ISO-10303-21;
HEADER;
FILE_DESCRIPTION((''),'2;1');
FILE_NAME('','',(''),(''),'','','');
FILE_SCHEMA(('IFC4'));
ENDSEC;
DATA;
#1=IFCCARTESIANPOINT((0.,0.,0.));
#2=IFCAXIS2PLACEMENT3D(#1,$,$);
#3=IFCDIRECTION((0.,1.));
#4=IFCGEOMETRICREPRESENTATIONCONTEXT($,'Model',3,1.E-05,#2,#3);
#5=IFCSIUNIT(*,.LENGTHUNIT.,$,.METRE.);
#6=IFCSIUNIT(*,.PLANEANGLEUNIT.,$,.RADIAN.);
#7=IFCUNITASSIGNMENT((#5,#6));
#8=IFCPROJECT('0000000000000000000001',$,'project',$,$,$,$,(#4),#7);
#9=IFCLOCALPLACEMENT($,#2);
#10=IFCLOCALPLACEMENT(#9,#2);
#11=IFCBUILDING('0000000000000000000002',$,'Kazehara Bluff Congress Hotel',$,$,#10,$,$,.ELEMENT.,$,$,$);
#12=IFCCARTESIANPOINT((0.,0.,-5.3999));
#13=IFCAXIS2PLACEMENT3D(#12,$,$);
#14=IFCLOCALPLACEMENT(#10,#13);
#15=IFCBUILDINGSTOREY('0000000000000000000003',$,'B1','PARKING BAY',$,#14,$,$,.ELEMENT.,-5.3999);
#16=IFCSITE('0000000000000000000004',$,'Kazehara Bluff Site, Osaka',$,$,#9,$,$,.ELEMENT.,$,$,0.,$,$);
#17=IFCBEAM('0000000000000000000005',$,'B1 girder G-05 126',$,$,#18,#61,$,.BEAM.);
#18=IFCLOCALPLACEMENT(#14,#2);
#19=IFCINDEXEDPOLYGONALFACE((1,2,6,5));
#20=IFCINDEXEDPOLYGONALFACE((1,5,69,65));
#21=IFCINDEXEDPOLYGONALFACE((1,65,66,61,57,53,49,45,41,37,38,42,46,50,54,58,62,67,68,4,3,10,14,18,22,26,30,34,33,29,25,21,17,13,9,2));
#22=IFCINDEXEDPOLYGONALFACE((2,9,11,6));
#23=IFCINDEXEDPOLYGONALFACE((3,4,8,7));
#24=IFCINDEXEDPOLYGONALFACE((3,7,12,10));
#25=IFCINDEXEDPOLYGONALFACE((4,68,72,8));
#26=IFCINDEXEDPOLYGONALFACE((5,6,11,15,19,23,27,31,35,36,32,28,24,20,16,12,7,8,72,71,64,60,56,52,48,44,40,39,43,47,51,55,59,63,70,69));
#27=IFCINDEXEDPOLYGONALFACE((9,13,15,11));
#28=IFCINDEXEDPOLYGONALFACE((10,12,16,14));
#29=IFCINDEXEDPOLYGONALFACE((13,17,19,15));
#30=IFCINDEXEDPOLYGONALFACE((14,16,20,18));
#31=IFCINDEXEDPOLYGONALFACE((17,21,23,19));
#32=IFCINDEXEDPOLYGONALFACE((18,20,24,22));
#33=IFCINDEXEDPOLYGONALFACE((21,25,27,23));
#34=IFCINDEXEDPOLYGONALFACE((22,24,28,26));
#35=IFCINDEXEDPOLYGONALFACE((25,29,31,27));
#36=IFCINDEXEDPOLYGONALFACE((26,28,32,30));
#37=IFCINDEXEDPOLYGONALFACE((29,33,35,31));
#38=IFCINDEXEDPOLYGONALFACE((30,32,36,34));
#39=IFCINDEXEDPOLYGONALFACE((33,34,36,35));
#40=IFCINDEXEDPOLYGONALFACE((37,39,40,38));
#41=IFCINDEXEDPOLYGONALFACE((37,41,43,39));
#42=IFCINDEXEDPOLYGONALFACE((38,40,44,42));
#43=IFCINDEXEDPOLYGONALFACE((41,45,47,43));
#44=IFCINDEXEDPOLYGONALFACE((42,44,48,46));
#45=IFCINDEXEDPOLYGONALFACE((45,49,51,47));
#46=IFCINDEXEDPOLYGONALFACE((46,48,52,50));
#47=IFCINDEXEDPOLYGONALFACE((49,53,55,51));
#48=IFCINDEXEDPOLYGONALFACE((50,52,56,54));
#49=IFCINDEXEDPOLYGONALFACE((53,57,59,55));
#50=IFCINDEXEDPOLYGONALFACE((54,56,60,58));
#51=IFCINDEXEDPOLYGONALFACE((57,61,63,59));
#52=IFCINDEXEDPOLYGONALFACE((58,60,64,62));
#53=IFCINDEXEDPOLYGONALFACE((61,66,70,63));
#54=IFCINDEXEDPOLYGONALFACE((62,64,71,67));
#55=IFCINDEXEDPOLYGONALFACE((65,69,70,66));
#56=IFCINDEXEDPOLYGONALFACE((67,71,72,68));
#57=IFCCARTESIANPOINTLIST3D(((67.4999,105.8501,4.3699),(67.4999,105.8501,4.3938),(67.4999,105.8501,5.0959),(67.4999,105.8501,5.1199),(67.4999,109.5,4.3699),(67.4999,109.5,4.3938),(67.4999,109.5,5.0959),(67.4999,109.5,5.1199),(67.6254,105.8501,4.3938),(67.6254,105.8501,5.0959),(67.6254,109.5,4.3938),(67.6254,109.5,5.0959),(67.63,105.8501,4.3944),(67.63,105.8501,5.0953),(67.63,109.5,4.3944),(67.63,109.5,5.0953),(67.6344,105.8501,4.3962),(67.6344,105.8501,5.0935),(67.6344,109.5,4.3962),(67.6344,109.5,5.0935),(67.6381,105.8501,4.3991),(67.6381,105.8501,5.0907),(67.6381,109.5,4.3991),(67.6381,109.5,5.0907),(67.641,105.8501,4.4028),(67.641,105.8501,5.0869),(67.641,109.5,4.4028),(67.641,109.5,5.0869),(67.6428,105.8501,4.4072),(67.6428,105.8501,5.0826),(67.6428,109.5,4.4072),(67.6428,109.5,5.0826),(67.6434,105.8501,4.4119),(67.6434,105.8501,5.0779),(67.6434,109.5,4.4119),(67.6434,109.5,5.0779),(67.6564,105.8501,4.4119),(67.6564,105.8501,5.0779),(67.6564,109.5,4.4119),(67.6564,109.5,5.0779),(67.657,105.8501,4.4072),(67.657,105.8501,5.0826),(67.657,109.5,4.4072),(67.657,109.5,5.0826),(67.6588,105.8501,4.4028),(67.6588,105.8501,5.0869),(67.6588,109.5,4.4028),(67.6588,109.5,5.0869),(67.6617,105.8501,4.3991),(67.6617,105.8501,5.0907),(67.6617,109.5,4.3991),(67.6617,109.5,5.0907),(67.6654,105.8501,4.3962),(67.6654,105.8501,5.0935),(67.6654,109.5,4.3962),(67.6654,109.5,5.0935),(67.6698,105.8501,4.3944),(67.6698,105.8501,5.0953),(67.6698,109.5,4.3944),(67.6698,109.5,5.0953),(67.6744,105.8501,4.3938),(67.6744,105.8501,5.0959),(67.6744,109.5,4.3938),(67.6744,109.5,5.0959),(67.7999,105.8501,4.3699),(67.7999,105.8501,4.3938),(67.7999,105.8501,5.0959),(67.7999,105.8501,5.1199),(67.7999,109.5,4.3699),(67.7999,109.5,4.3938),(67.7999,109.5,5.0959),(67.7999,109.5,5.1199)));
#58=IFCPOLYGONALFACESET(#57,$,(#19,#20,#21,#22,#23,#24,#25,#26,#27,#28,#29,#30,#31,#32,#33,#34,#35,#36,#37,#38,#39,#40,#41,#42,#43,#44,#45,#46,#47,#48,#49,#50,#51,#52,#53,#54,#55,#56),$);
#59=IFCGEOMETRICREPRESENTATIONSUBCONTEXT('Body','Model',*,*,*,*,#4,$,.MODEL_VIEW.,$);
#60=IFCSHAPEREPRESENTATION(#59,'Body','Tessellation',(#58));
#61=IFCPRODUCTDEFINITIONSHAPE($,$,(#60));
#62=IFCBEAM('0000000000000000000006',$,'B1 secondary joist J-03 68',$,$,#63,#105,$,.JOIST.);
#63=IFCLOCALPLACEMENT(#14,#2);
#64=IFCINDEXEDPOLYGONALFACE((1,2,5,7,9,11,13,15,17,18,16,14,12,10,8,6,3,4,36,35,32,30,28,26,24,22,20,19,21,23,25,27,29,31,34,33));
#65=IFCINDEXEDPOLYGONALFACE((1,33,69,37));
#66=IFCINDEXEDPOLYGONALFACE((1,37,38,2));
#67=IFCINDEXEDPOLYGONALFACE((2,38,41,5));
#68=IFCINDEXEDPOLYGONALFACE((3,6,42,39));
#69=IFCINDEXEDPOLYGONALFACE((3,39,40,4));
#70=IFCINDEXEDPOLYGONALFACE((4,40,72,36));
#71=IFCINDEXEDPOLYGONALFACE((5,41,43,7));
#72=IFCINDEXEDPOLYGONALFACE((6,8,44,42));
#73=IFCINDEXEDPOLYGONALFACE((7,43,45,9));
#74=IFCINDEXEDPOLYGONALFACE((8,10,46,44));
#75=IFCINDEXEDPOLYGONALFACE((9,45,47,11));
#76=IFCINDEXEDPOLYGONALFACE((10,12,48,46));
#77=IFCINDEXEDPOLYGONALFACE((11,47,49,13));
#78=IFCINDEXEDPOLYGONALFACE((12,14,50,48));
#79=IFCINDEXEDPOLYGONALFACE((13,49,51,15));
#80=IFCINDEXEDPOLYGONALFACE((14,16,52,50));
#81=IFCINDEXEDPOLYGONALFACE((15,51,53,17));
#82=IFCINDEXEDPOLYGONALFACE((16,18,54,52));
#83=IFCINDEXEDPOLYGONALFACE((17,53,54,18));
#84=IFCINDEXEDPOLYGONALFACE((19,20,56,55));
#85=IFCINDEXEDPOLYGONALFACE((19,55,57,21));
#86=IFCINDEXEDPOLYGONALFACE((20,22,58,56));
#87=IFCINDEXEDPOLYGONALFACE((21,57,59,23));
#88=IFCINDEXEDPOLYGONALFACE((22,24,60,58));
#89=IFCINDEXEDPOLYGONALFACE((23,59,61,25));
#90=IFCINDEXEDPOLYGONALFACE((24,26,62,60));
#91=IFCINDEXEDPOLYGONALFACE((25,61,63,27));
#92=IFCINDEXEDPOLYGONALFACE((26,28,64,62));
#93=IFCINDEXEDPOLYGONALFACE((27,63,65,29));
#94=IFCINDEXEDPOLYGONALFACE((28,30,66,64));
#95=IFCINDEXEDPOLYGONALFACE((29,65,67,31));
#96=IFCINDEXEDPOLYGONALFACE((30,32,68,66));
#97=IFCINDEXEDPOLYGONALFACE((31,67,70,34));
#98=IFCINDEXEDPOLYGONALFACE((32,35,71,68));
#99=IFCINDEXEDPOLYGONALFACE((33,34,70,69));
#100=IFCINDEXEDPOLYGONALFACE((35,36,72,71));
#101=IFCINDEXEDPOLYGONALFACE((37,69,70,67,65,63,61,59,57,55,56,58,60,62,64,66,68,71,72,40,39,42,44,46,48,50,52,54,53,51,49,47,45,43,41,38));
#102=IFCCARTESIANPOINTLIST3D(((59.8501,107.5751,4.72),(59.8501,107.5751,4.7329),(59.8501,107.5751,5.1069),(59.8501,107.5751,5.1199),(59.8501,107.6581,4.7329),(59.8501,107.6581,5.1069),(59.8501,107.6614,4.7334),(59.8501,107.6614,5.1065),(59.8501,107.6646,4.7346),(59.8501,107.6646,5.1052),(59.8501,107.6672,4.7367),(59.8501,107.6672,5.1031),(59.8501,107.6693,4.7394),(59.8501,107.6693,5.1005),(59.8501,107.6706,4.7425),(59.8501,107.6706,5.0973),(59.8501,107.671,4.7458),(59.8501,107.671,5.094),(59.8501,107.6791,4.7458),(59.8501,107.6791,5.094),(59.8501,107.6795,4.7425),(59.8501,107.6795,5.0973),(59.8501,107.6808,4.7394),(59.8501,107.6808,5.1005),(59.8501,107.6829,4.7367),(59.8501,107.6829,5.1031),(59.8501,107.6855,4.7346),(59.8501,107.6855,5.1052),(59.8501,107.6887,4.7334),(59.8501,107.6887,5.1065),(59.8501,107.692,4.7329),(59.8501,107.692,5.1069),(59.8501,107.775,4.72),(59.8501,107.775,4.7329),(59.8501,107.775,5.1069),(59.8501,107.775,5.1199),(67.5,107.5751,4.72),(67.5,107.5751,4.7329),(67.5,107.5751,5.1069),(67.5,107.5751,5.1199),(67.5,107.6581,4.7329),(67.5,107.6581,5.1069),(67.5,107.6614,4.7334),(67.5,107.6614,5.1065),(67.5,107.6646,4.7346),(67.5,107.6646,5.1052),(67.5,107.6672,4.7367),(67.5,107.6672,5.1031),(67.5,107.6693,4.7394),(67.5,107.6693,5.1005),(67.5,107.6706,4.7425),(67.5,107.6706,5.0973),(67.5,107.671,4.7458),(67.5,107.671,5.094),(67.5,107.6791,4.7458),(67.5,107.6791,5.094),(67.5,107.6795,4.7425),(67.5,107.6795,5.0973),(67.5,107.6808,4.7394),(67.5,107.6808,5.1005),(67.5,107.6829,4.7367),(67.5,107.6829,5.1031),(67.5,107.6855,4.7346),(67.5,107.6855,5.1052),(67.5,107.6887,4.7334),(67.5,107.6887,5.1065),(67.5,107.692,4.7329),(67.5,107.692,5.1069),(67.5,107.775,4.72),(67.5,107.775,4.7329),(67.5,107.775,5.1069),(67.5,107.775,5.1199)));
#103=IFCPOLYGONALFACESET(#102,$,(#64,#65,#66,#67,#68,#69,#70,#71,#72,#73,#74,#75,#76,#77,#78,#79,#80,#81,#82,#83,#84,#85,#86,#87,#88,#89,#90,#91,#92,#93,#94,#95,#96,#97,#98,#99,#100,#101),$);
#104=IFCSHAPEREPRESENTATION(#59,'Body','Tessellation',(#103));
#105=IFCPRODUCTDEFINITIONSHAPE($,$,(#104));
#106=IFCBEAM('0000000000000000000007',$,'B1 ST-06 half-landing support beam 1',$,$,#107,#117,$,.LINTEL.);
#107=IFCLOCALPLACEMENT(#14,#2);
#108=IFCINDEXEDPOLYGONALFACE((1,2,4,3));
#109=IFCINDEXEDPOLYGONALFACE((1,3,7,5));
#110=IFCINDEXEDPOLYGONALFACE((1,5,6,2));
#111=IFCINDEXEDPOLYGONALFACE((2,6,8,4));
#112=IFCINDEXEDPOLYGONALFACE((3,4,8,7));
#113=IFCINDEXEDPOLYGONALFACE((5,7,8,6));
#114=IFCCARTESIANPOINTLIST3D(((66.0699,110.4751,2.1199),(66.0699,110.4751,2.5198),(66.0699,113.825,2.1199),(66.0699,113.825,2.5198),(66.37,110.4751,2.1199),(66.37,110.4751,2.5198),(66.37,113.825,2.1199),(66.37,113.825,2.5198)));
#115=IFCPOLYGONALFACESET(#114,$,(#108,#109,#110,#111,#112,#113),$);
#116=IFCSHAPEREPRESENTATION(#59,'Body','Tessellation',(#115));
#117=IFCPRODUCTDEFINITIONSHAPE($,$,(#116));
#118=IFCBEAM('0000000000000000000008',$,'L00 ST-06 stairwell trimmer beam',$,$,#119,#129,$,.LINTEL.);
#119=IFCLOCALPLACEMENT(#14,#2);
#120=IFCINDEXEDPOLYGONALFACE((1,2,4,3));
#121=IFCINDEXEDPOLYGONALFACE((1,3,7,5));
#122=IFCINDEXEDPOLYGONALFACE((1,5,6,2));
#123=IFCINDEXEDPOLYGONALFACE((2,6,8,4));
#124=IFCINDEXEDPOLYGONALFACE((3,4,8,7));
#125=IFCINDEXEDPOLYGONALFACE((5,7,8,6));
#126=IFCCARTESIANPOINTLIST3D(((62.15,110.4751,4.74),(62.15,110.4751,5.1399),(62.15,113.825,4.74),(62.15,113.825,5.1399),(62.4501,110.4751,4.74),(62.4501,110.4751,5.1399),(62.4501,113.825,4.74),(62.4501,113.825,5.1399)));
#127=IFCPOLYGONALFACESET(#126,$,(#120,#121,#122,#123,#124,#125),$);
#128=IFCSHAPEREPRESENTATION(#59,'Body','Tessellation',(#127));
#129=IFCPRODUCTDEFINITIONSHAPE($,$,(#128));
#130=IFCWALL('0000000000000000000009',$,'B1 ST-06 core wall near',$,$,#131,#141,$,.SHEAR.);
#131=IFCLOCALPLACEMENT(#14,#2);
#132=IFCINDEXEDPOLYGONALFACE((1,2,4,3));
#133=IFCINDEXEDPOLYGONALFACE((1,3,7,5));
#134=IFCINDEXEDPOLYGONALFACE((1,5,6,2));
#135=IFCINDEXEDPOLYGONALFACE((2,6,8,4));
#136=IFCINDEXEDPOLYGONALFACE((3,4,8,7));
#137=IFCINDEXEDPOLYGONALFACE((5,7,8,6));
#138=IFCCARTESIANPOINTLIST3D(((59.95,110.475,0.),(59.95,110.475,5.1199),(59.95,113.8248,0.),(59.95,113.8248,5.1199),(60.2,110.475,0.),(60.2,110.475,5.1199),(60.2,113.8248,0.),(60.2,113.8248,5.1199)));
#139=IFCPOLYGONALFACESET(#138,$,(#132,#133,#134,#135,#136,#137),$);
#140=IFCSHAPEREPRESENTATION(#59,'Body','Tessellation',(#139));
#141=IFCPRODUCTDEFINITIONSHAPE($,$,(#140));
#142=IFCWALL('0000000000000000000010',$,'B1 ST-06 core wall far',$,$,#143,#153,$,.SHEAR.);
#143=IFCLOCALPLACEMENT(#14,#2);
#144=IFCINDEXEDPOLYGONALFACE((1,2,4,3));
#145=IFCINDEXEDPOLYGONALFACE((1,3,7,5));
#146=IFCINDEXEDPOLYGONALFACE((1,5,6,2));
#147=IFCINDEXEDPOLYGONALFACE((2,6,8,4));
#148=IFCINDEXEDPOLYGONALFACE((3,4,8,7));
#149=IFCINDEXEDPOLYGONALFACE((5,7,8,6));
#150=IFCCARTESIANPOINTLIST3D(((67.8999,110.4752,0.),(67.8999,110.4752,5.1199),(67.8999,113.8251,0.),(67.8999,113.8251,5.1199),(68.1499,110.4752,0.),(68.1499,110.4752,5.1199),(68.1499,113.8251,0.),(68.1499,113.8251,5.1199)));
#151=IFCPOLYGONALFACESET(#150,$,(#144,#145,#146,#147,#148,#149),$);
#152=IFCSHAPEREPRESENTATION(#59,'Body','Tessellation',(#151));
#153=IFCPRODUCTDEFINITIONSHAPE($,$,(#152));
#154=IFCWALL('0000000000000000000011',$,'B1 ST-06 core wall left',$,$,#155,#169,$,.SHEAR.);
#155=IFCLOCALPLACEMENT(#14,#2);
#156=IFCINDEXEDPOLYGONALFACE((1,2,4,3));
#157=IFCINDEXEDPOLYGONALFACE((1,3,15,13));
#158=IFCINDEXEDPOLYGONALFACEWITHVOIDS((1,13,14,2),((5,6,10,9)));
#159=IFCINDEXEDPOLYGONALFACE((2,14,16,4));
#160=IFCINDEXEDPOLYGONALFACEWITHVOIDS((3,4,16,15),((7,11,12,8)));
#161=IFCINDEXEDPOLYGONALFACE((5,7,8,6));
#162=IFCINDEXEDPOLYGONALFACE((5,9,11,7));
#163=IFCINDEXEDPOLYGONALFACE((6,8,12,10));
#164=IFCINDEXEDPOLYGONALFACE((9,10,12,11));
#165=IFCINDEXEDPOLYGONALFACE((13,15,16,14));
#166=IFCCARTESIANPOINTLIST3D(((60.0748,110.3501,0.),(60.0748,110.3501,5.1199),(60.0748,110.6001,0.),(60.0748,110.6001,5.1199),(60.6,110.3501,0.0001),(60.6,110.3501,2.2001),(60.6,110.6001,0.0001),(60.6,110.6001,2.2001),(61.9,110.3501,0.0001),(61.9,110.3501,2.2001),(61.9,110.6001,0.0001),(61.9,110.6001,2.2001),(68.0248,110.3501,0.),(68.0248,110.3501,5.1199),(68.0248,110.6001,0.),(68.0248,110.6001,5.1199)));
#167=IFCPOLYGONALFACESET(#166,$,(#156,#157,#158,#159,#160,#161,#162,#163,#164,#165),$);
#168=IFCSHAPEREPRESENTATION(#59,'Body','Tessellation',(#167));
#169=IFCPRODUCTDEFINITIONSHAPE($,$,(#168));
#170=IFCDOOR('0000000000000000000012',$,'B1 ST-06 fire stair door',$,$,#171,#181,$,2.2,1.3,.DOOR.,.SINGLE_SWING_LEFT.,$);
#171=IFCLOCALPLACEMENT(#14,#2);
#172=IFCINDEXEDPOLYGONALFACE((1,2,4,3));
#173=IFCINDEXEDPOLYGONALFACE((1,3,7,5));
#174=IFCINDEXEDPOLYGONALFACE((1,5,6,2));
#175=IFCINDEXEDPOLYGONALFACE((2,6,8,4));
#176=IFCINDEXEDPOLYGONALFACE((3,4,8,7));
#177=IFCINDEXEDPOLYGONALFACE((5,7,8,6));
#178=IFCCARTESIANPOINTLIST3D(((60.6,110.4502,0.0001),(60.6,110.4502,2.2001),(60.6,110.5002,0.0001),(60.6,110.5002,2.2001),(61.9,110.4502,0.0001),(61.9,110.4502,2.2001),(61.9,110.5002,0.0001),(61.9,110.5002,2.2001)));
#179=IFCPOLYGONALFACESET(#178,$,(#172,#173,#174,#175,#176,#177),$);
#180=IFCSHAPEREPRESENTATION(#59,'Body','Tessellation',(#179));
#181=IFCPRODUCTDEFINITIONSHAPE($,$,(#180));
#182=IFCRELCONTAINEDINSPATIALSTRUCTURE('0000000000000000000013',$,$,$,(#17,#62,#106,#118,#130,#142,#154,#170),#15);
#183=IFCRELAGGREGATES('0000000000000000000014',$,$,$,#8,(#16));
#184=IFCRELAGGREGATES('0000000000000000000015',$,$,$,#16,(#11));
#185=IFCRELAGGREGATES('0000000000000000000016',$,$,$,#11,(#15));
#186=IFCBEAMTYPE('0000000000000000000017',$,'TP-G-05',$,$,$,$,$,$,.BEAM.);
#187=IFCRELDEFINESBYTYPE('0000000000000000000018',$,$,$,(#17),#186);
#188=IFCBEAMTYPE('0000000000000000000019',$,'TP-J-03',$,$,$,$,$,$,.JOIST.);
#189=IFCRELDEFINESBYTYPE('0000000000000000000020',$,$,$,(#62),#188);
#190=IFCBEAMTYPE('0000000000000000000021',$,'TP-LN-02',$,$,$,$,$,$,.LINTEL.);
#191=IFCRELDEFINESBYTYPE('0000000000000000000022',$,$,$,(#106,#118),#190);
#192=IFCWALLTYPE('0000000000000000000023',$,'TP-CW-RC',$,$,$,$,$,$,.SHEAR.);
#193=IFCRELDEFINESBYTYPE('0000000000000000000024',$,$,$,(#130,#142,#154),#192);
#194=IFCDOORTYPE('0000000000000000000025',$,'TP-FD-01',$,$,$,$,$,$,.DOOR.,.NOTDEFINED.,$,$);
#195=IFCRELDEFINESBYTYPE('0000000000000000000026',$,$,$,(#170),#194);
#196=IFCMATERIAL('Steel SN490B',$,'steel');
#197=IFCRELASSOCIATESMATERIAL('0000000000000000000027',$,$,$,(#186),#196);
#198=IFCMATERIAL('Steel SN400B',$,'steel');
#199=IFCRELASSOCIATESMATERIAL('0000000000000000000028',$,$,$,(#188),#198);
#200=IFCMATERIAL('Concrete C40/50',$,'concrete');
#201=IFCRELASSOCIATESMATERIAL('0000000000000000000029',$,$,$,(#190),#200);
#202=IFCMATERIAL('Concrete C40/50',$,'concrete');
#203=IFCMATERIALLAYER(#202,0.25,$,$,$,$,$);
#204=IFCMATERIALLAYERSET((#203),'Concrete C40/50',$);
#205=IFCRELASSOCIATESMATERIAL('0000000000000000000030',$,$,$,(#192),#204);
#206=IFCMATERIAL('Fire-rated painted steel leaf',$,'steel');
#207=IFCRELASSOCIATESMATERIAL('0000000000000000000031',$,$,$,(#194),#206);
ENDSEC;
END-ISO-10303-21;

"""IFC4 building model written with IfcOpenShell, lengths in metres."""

from ifc_helpers import new_model, si_unit, direction, frame, frame_2d, origin, origin_2d, place, context, subcontext, project, spatial, rectangle, i_section, extrude, material, layer, layer_set, material_profile, profile_set, type_object, element, fill, save


model = new_model("IFC4")

# Units and contexts
model_context = context("Model", 3, precision=1e-05, world=origin(), true_north=direction((0.0, 1.0)))
body_context = subcontext(model_context, "Body", "Model", "MODEL_VIEW")
ifc_project = project(units=[si_unit("LENGTHUNIT", "METRE"), si_unit("PLANEANGLEUNIT", "RADIAN")], contexts=[model_context])

# Site, building, storey
site_placement = place(None, origin())
site = spatial("IfcSite", under=ifc_project, at=site_placement, Name="Kazehara Bluff Site, Osaka", CompositionType="ELEMENT", RefElevation=0.0)
building_placement = place(site_placement, origin())
building = spatial("IfcBuilding", under=site, at=building_placement, Name="Kazehara Bluff Congress Hotel", CompositionType="ELEMENT")
storey_placement = place(building_placement, frame((0.0, 0.0, -5.3999)))
storey = spatial("IfcBuildingStorey", under=building, at=storey_placement, Name="B1", Description="PARKING BAY", CompositionType="ELEMENT", Elevation=-5.3999)

# Beams
ifc_material_1 = material(Name="Steel SN490B", Category="steel")
ifc_material_profile_1 = material_profile(ifc_material_1, i_section(OverallWidth=0.3, OverallDepth=0.75, WebThickness=0.0129, FlangeThickness=0.0239, FilletRadius=0.0181, at=origin_2d()))
ifc_profile_set_1 = profile_set([ifc_material_profile_1], Name="Steel SN490B")
beam_type_1 = type_object("IfcBeamType", Name="TP-G-05", PredefinedType="BEAM", material=ifc_profile_set_1)
beam_1_placement = place(storey_placement, frame((67.6499, 105.8501, 4.7449), z_axis=(0.0, 1.0, 0.0), x_axis=(-1.0, 0.0, 0.0)))
element("IfcBeam", 1, at=beam_1_placement, inside=storey, type_object=beam_type_1, Name="B1 girder G-05 126", PredefinedType="BEAM", context=body_context, shape_type="SweptSolid", body=[
    extrude(i_section(OverallWidth=0.3, OverallDepth=0.75, WebThickness=0.0129, FlangeThickness=0.0239, FilletRadius=0.0181, at=origin_2d()), origin(), (0.0, 0.0, 1.0), 3.6499),
])
ifc_material_2 = material(Name="Steel SN400B", Category="steel")
ifc_material_profile_2 = material_profile(ifc_material_2, i_section(OverallWidth=0.2, OverallDepth=0.3999, WebThickness=0.0081, FlangeThickness=0.0129, FilletRadius=0.0129, at=origin_2d()))
ifc_profile_set_2 = profile_set([ifc_material_profile_2], Name="Steel SN400B")
beam_type_2 = type_object("IfcBeamType", Name="TP-J-03", PredefinedType="JOIST", material=ifc_profile_set_2)
beam_2_placement = place(storey_placement, frame((59.8501, 107.675, 4.9199), z_axis=(1.0, 0.0, 0.0), x_axis=(0.0, 1.0, 0.0)))
element("IfcBeam", 2, at=beam_2_placement, inside=storey, type_object=beam_type_2, Name="B1 secondary joist J-03 68", PredefinedType="JOIST", context=body_context, shape_type="SweptSolid", body=[
    extrude(i_section(OverallWidth=0.2, OverallDepth=0.3999, WebThickness=0.0081, FlangeThickness=0.0129, FilletRadius=0.0129, at=origin_2d()), origin(), (0.0, 0.0, 1.0), 7.6499),
])
ifc_material_3 = material(Name="Concrete C40/50", Category="concrete")
ifc_material_profile_3 = material_profile(ifc_material_3, rectangle(XDim=0.3, YDim=0.3999, at=origin_2d()))
ifc_profile_set_3 = profile_set([ifc_material_profile_3], Name="Concrete C40/50")
beam_type_3 = type_object("IfcBeamType", Name="TP-LN-02", PredefinedType="LINTEL", material=ifc_profile_set_3)
for number, where, z_axis, x_axis, name in (
    (3, (66.22, 110.4751, 2.3198), (0.0, 1.0, 0.0), (-1.0, 0.0, 0.0), "B1 ST-06 half-landing support beam 1"),
    (4, (62.3, 110.4751, 4.9399), (0.0, 1.0, 0.0), (-1.0, 0.0, 0.0), "L00 ST-06 stairwell trimmer beam"),
):
    element("IfcBeam", number, at=place(storey_placement, frame(where, z_axis=z_axis, x_axis=x_axis)), inside=storey, type_object=beam_type_3, Name=name, PredefinedType="LINTEL", context=body_context, shape_type="SweptSolid", body=[
        extrude(rectangle(XDim=0.3, YDim=0.3999, at=origin_2d()), origin(), (0.0, 0.0, 1.0), 3.3499),
    ])

# Walls
ifc_material_4 = material(Name="Concrete C40/50", Category="concrete")
ifc_layer_1 = layer(ifc_material_4, 0.25)
ifc_layer_set_1 = layer_set([ifc_layer_1], Name="Concrete C40/50")
wall_type_1 = type_object("IfcWallType", Name="TP-CW-RC", PredefinedType="SHEAR", material=ifc_layer_set_1)
for number, where, z_axis, x_axis, name in (
    (5, (60.075, 110.4751, 0.0), (0.0, 0.0, 1.0), (0.0, 1.0, 0.0), "B1 ST-06 core wall near"),
    (6, (68.0249, 113.825, 0.0), (0.0, 0.0, 1.0), (0.0, -1.0, 0.0), "B1 ST-06 core wall far"),
):
    element("IfcWall", number, at=place(storey_placement, frame(where, z_axis=z_axis, x_axis=x_axis)), inside=storey, type_object=wall_type_1, Name=name, PredefinedType="SHEAR", context=body_context, shape_type="SweptSolid", body=[
        extrude(rectangle(XDim=3.3499, YDim=0.25, at=frame_2d((1.6748, 0.0))), origin(), (0.0, 0.0, 1.0), 5.1199),
    ])

# Wall, opening, door
wall_1_placement = place(storey_placement, frame((68.0249, 110.4751, 0.0), z_axis=(0.0, 0.0, 1.0), x_axis=(-1.0, 0.0, 0.0)))
wall_1 = element("IfcWall", 7, at=wall_1_placement, inside=storey, type_object=wall_type_1, Name="B1 ST-06 core wall left", PredefinedType="SHEAR", context=body_context, shape_type="SweptSolid", body=[
    extrude(rectangle(XDim=7.95, YDim=0.25, at=frame_2d((3.9751, 0.0))), origin(), (0.0, 0.0, 1.0), 5.1199),
])
opening_1_placement = place(wall_1_placement, frame((6.125, 0.0, 0.0)))
opening_1 = element("IfcOpeningElement", 8, at=opening_1_placement, cuts=wall_1, PredefinedType="OPENING", context=body_context, shape_type="SweptSolid", body=[
    extrude(rectangle(XDim=1.3, YDim=2.2, at=frame_2d((0.6499, 1.1001))), frame((0.0, 0.135, 0.0), z_axis=(0.0, -1.0, 0.0), x_axis=(1.0, 0.0, 0.0)), (0.0, 0.0, 1.0), 0.27),
])
ifc_material_5 = material(Name="Fire-rated painted steel leaf", Category="steel")
door_type_1 = type_object("IfcDoorType", Name="TP-FD-01", OperationType="NOTDEFINED", PredefinedType="DOOR", material=ifc_material_5)
door_1_placement = place(opening_1_placement, origin())
door_1 = element("IfcDoor", 9, at=door_1_placement, inside=storey, type_object=door_type_1, Name="B1 ST-06 fire stair door", OperationType="SINGLE_SWING_LEFT", OverallHeight=2.2, OverallWidth=1.3, PredefinedType="DOOR", context=body_context, shape_type="SweptSolid", body=[
    extrude(rectangle(XDim=1.3, YDim=2.2, at=frame_2d((0.6499, 1.1001))), frame((0.0, 0.0249, 0.0), z_axis=(0.0, -1.0, 0.0), x_axis=(1.0, 0.0, 0.0)), (0.0, 0.0, 1.0), 0.05),
])
fill(opening_1, door_1)

save(model, "model.ifc")
